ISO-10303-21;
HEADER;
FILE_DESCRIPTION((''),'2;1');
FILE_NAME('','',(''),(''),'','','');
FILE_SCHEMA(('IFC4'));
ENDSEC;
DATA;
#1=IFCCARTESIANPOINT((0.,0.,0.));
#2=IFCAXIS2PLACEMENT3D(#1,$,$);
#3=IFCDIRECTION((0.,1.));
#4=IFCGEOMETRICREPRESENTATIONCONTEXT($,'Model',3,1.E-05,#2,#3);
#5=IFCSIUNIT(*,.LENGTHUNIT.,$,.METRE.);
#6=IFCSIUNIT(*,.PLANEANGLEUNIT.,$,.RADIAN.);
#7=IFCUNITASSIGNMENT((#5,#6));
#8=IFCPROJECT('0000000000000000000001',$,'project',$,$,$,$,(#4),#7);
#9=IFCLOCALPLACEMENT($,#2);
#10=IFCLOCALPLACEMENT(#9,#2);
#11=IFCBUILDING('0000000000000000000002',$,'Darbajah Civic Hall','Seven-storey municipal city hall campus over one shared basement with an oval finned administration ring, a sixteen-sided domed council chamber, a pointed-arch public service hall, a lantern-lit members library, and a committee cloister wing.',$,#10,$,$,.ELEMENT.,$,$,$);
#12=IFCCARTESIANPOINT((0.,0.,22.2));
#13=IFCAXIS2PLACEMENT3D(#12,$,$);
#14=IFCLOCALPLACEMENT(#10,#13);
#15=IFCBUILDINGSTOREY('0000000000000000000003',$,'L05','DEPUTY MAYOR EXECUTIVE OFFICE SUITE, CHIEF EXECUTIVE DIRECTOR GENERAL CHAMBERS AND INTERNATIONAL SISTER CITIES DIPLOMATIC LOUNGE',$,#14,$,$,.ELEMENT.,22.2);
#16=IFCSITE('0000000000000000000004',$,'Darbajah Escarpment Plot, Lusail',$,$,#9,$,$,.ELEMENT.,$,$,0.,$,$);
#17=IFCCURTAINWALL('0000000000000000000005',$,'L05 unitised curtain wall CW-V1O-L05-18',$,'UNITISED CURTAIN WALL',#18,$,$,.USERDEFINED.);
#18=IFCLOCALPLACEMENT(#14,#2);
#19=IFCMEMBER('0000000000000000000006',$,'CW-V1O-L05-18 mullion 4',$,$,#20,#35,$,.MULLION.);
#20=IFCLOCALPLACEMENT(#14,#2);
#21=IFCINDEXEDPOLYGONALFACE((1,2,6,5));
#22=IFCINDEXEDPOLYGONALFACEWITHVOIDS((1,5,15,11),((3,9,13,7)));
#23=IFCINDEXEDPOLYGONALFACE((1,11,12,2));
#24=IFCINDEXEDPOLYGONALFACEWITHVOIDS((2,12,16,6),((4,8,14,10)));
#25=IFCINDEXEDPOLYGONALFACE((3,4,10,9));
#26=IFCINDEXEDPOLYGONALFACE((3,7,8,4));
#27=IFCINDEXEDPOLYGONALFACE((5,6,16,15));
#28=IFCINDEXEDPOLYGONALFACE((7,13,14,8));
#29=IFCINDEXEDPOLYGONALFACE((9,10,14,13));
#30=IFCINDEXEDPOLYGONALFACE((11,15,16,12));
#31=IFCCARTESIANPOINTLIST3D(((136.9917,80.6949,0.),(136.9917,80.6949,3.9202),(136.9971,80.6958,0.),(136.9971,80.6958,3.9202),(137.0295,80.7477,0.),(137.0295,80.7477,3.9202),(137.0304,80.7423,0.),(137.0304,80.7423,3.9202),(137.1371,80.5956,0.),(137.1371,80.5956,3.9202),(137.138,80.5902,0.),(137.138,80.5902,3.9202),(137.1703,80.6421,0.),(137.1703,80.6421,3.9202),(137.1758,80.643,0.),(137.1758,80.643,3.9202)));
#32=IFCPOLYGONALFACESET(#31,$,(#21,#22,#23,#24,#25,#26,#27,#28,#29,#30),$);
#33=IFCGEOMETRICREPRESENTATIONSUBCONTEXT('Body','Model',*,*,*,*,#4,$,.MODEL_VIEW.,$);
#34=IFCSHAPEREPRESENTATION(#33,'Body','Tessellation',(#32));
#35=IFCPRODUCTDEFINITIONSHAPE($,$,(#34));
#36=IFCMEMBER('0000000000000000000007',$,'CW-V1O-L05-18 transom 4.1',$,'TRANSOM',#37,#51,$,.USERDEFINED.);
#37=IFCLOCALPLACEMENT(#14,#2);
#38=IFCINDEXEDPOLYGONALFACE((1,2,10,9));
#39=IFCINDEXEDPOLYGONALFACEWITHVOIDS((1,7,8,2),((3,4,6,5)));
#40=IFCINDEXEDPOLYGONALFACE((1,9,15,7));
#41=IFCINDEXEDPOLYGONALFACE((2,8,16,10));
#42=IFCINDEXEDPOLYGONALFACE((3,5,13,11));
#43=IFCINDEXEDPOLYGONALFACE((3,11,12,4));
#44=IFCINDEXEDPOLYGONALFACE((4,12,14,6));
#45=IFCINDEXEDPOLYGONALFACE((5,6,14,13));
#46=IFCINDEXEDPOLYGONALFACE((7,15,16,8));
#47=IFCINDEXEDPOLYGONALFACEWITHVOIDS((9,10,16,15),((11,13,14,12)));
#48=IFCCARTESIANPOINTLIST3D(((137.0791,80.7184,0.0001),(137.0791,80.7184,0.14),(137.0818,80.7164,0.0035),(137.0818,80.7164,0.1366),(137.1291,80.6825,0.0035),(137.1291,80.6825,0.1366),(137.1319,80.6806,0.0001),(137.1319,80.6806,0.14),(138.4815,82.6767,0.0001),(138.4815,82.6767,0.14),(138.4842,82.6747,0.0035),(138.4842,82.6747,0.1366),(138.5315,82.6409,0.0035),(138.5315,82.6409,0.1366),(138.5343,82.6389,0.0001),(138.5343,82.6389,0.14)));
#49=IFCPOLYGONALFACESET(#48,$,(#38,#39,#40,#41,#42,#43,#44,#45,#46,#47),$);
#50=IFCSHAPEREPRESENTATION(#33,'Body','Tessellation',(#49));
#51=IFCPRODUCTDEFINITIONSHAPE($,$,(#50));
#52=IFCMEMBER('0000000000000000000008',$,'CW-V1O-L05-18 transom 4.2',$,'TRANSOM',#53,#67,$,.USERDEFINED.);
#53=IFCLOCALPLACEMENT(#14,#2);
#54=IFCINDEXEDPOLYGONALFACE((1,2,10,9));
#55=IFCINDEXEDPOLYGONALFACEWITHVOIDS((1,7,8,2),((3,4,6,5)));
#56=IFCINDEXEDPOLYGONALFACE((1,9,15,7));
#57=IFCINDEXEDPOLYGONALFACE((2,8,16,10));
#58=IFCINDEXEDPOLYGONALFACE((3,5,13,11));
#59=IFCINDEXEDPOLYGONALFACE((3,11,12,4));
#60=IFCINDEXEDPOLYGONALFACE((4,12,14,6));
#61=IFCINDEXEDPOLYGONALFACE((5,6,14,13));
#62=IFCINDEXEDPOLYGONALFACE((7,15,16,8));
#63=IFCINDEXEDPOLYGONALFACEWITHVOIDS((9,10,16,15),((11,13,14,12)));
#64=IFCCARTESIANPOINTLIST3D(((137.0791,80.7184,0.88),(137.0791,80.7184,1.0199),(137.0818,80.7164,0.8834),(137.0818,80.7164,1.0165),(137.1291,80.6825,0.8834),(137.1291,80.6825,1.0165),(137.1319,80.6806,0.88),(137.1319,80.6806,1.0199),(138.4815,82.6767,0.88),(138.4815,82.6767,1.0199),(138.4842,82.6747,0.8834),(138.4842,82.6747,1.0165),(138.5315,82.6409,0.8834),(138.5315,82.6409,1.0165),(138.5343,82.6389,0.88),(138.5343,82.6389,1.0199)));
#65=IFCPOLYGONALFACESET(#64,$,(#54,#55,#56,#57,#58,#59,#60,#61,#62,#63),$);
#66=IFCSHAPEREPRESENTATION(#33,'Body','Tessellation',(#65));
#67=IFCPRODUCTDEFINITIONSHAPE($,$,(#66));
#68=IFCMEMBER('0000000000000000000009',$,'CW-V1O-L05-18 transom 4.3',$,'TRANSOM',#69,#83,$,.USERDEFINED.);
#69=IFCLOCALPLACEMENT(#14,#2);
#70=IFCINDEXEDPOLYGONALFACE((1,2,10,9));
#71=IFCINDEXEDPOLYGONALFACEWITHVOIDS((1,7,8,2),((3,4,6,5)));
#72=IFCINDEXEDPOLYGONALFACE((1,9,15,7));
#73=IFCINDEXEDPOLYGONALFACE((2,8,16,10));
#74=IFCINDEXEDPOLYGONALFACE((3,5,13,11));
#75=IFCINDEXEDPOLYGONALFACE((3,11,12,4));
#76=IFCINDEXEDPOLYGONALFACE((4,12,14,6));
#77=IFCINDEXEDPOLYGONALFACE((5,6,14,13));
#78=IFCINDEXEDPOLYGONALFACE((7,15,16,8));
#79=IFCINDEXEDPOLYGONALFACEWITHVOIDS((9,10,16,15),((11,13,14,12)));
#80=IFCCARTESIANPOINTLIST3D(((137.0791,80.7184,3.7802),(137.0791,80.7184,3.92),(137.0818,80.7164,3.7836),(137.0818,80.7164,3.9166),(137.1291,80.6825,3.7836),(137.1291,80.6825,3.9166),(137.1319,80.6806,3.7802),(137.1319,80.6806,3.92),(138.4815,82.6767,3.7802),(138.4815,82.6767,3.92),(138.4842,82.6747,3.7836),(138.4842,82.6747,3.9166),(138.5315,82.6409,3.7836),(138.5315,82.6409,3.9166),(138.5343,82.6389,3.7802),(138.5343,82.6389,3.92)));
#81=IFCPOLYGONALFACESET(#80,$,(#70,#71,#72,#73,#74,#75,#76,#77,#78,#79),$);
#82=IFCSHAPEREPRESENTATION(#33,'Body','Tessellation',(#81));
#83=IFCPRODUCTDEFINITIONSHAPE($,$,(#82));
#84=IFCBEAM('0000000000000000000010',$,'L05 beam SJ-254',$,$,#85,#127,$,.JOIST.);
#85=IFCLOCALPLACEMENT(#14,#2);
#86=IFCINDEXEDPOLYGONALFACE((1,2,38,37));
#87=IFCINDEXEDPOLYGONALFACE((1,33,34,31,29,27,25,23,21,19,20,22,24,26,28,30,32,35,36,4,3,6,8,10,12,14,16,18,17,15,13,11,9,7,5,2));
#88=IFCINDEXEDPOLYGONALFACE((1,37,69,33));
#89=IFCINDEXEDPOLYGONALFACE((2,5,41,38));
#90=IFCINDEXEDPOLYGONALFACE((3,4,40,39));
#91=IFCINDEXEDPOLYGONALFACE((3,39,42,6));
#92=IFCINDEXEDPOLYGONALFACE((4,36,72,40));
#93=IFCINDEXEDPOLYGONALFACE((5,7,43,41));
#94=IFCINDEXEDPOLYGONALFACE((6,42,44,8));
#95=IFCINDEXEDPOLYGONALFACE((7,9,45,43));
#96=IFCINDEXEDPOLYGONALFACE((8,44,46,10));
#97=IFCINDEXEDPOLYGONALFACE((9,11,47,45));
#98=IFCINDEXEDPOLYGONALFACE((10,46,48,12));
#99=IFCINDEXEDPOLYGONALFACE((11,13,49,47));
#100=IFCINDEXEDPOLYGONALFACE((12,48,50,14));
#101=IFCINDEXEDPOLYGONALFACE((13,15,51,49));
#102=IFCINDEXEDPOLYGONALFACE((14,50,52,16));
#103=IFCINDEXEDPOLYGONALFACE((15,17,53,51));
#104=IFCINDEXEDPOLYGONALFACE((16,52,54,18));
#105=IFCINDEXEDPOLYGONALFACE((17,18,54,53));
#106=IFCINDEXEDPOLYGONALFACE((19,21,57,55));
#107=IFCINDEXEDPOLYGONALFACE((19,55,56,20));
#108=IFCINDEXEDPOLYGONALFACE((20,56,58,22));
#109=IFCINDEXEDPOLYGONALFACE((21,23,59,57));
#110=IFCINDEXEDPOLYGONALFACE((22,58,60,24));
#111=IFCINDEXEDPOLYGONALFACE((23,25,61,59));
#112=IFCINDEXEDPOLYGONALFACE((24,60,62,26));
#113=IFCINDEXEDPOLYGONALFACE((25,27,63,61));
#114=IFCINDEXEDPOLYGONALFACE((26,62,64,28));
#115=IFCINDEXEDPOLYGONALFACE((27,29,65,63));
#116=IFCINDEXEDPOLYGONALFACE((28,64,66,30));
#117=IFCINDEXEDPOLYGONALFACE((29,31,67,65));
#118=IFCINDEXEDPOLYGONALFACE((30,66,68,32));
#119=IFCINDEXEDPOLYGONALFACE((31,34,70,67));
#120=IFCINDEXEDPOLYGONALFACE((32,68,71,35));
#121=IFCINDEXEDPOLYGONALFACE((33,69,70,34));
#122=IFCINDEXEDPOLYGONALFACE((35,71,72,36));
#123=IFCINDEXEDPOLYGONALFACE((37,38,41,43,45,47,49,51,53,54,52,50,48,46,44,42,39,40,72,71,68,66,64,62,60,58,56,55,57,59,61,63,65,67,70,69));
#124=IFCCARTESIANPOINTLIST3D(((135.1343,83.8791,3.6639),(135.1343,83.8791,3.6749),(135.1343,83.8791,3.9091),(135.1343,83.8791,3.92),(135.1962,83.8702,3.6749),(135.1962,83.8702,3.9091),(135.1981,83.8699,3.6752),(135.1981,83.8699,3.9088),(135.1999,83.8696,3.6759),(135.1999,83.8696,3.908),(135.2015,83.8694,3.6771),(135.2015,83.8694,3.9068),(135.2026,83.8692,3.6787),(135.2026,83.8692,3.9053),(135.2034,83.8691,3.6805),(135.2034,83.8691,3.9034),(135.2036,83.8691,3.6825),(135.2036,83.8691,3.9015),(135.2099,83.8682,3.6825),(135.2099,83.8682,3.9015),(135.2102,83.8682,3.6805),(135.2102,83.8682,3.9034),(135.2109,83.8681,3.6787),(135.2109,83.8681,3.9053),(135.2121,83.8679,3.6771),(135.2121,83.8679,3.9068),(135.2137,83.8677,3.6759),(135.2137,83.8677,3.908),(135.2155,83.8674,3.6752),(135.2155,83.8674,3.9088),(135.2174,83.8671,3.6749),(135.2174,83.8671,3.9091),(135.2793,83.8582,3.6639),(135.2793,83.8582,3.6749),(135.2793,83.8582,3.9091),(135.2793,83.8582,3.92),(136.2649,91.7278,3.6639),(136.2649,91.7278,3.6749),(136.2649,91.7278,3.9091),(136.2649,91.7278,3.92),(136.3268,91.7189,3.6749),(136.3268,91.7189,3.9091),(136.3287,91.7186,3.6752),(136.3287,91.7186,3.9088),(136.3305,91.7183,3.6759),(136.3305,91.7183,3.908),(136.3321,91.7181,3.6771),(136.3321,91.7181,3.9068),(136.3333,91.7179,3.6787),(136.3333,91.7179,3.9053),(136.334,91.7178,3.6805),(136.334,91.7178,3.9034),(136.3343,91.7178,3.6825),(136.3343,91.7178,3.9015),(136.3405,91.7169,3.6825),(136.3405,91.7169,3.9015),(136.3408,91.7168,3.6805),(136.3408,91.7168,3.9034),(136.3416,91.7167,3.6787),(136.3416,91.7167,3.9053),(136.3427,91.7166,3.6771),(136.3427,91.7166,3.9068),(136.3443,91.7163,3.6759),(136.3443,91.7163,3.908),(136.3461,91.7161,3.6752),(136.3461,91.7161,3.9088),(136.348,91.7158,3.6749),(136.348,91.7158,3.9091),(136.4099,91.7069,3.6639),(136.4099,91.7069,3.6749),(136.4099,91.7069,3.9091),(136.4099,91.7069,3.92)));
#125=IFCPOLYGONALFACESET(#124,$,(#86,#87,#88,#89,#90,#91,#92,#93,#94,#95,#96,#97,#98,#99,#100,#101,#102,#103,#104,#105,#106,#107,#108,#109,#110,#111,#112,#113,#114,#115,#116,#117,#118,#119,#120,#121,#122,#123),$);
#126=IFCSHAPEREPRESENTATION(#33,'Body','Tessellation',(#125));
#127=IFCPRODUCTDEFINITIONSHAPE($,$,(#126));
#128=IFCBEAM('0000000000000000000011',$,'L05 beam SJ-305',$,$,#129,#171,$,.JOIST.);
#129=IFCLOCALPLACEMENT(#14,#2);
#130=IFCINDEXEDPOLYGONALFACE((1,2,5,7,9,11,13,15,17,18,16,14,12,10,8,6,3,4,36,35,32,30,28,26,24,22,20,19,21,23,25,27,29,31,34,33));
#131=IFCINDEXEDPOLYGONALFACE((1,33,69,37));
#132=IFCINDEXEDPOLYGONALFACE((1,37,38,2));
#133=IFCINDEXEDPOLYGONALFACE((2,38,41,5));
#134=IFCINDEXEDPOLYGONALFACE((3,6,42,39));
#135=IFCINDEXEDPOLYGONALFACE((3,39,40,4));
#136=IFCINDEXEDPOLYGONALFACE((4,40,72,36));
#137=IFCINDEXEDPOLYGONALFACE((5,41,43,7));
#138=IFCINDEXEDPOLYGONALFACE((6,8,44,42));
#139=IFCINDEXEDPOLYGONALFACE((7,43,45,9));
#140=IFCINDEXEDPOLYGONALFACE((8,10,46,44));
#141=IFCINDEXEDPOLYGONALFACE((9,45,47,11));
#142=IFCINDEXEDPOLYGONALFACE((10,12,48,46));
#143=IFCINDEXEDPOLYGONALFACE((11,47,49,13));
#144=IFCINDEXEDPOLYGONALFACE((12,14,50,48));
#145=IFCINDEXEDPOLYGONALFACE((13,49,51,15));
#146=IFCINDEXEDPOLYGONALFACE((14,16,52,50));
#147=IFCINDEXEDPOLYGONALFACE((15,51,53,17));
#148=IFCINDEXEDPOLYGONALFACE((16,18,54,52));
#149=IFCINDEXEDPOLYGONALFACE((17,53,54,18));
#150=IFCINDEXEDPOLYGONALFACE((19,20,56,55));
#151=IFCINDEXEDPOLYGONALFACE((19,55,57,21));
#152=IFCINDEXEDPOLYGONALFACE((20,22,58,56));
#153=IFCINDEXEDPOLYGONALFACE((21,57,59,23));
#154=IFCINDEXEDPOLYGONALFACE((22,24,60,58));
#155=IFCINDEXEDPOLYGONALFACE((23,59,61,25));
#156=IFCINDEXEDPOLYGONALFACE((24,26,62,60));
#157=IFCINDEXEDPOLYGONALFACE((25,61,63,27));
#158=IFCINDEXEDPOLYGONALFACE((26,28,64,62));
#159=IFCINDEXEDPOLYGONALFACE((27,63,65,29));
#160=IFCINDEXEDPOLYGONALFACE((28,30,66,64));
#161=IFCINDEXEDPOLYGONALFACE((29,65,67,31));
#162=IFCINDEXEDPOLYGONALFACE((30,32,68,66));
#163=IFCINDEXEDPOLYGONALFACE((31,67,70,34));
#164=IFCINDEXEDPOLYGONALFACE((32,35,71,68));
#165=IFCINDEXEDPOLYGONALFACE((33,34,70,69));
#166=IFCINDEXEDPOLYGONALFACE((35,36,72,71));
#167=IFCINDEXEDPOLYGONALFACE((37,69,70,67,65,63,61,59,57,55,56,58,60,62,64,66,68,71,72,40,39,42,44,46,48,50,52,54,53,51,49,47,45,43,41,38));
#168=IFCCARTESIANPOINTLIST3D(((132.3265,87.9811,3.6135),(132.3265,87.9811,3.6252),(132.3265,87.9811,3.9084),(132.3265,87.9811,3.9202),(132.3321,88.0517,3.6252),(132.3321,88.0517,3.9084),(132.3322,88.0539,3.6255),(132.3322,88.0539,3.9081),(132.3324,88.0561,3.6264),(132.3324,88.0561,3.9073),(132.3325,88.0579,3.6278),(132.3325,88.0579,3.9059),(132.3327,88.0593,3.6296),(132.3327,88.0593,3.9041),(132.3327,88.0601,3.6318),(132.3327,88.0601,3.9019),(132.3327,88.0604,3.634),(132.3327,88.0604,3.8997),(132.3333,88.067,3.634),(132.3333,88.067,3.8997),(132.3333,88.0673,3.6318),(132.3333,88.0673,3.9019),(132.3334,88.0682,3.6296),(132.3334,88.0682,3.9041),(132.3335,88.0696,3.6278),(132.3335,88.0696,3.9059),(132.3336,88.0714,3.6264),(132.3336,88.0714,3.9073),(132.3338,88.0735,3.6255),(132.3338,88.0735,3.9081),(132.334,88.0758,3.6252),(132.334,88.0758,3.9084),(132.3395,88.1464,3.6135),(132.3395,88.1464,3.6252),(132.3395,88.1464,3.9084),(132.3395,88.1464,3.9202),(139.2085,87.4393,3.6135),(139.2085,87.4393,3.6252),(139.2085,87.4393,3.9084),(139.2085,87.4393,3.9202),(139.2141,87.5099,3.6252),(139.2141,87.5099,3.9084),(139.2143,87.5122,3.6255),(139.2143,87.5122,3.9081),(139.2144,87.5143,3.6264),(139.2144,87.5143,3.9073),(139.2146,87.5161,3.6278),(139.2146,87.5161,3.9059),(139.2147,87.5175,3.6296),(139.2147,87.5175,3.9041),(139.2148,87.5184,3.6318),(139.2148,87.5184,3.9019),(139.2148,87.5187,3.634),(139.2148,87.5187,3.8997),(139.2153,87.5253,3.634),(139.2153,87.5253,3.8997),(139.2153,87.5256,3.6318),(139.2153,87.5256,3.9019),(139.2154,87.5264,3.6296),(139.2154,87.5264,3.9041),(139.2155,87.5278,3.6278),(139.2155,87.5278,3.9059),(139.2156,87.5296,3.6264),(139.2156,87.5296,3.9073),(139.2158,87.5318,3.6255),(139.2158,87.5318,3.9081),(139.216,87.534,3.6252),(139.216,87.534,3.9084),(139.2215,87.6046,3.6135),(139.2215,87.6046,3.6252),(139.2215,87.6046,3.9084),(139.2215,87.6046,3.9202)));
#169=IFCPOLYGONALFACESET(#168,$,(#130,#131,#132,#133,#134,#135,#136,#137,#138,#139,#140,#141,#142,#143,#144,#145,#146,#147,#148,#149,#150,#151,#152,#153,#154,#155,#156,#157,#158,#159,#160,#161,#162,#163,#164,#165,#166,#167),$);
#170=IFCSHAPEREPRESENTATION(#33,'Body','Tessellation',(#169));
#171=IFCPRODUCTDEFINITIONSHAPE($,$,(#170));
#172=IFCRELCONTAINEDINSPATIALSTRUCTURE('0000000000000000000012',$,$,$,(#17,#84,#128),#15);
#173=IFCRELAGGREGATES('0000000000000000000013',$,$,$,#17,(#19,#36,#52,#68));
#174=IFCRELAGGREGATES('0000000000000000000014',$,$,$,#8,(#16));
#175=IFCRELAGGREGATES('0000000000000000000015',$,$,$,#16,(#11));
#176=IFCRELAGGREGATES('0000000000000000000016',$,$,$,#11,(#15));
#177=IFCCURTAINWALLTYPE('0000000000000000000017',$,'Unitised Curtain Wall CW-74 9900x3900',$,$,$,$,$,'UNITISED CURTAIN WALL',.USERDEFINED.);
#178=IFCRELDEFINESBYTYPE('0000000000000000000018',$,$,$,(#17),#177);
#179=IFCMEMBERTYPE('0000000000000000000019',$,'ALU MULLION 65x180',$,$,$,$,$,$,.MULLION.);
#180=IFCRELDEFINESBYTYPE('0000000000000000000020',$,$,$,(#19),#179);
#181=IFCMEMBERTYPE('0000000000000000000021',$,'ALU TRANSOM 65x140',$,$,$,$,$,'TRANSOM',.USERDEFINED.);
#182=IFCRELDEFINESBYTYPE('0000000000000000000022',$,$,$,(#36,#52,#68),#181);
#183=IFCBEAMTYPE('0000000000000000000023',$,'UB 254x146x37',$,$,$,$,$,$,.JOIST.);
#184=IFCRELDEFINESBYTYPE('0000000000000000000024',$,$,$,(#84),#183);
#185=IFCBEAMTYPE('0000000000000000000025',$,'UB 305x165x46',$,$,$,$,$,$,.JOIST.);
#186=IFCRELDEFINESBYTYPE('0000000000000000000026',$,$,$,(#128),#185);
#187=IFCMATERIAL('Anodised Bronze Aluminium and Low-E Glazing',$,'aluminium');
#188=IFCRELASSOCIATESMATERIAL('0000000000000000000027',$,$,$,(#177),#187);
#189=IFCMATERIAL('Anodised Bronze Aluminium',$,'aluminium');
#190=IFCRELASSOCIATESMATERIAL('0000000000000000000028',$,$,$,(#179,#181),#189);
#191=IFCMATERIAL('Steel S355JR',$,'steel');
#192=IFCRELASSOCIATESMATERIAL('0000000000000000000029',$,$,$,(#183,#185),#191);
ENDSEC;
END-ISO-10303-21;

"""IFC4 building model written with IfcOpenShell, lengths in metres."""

from ifc_helpers import new_model, si_unit, direction, frame, origin, origin_2d, place, context, subcontext, project, spatial, hollow_rectangle, i_section, extrude, material, material_profile, profile_set, type_object, element, aggregate, save


model = new_model("IFC4")

# Units and contexts
model_context = context("Model", 3, precision=1e-05, world=origin(), true_north=direction((0.0, 1.0)))
body_context = subcontext(model_context, "Body", "Model", "MODEL_VIEW")
ifc_project = project(units=[si_unit("LENGTHUNIT", "METRE"), si_unit("PLANEANGLEUNIT", "RADIAN")], contexts=[model_context])

# Site, building, storey
site_placement = place(None, origin())
site = spatial("IfcSite", under=ifc_project, at=site_placement, Name="Darbajah Escarpment Plot, Lusail", CompositionType="ELEMENT", RefElevation=0.0)
building_placement = place(site_placement, origin())
building = spatial("IfcBuilding", under=site, at=building_placement, Name="Darbajah Civic Hall", Description="Seven-storey municipal city hall campus over one shared basement with an oval finned administration ring, a sixteen-sided domed council chamber, a pointed-arch public service hall, a lantern-lit members library, and a committee cloister wing.", CompositionType="ELEMENT")
storey_placement = place(building_placement, frame((0.0, 0.0, 22.2)))
storey = spatial("IfcBuildingStorey", under=building, at=storey_placement, Name="L05", Description="DEPUTY MAYOR EXECUTIVE OFFICE SUITE, CHIEF EXECUTIVE DIRECTOR GENERAL CHAMBERS AND INTERNATIONAL SISTER CITIES DIPLOMATIC LOUNGE", CompositionType="ELEMENT", Elevation=22.2)

# Curtain wall, members
ifc_material_1 = material(Name="Anodised Bronze Aluminium and Low-E Glazing", Category="aluminium")
curtain_wall_type = type_object("IfcCurtainWallType", Name="Unitised Curtain Wall CW-74 9900x3900", ElementType="UNITISED CURTAIN WALL", PredefinedType="USERDEFINED", material=ifc_material_1)
curtain_wall_placement = place(storey_placement, origin())
curtain_wall = element("IfcCurtainWall", 1, at=curtain_wall_placement, inside=storey, type_object=curtain_wall_type, Name="L05 unitised curtain wall CW-V1O-L05-18", ObjectType="UNITISED CURTAIN WALL", PredefinedType="USERDEFINED")
ifc_material_2 = material(Name="Anodised Bronze Aluminium", Category="aluminium")
ifc_material_profile_1 = material_profile(ifc_material_2, hollow_rectangle(XDim=0.0649, YDim=0.1799, WallThickness=0.0039, at=origin_2d()), Name="ALU MULLION 65x180")
ifc_profile_set_1 = profile_set([ifc_material_profile_1], Name="Anodised Bronze Aluminium")
member_type_1 = type_object("IfcMemberType", Name="ALU MULLION 65x180", PredefinedType="MULLION", material=ifc_profile_set_1)
member_1_placement = place(storey_placement, frame((137.0837, 80.6689, 0.0), z_axis=(0.0, 0.0, 1.0), x_axis=(0.582265, 0.812999, 0.0)))
member_1 = element("IfcMember", 2, at=member_1_placement, type_object=member_type_1, Name="CW-V1O-L05-18 mullion 4", PredefinedType="MULLION", context=body_context, shape_type="SweptSolid", body=[
    extrude(hollow_rectangle(XDim=0.0649, YDim=0.1799, WallThickness=0.0039, at=origin_2d()), origin(), (0.0, 0.0, 1.0), 3.9202),
])
ifc_material_profile_2 = material_profile(ifc_material_2, hollow_rectangle(XDim=0.0649, YDim=0.1399, WallThickness=0.0034, at=origin_2d()), Name="ALU TRANSOM 65x140")
ifc_profile_set_2 = profile_set([ifc_material_profile_2], Name="Anodised Bronze Aluminium")
member_type_2 = type_object("IfcMemberType", Name="ALU TRANSOM 65x140", ElementType="TRANSOM", PredefinedType="USERDEFINED", material=ifc_profile_set_2)
member_2_placement = place(storey_placement, frame((137.1055, 80.6995, 0.0701), z_axis=(0.582225, 0.813027, 0.0), x_axis=(-0.813027, 0.582225, 0.0)))
member_2 = element("IfcMember", 3, at=member_2_placement, type_object=member_type_2, Name="CW-V1O-L05-18 transom 4.1", ObjectType="TRANSOM", PredefinedType="USERDEFINED", context=body_context, shape_type="SweptSolid", body=[
    extrude(hollow_rectangle(XDim=0.0649, YDim=0.1399, WallThickness=0.0034, at=origin_2d()), origin(), (0.0, 0.0, 1.0), 2.4087),
])
member_3_placement = place(storey_placement, frame((137.1055, 80.6995, 0.95), z_axis=(0.582225, 0.813027, 0.0), x_axis=(-0.813027, 0.582225, 0.0)))
member_3 = element("IfcMember", 4, at=member_3_placement, type_object=member_type_2, Name="CW-V1O-L05-18 transom 4.2", ObjectType="TRANSOM", PredefinedType="USERDEFINED", context=body_context, shape_type="SweptSolid", body=[
    extrude(hollow_rectangle(XDim=0.0649, YDim=0.1399, WallThickness=0.0034, at=origin_2d()), origin(), (0.0, 0.0, 1.0), 2.4087),
])
member_4_placement = place(storey_placement, frame((137.1055, 80.6995, 3.8501), z_axis=(0.582225, 0.813027, 0.0), x_axis=(-0.813027, 0.582225, 0.0)))
member_4 = element("IfcMember", 5, at=member_4_placement, type_object=member_type_2, Name="CW-V1O-L05-18 transom 4.3", ObjectType="TRANSOM", PredefinedType="USERDEFINED", context=body_context, shape_type="SweptSolid", body=[
    extrude(hollow_rectangle(XDim=0.0649, YDim=0.1399, WallThickness=0.0034, at=origin_2d()), origin(), (0.0, 0.0, 1.0), 2.4087),
])

# Beams
ifc_material_3 = material(Name="Steel S355JR", Category="steel")
ifc_material_profile_3 = material_profile(ifc_material_3, i_section(OverallWidth=0.1465, OverallDepth=0.2561, WebThickness=0.0063, FlangeThickness=0.011, FilletRadius=0.0076, at=origin_2d()), Name="UB 254x146x37")
ifc_profile_set_3 = profile_set([ifc_material_profile_3], Name="Steel S355JR")
beam_type_1 = type_object("IfcBeamType", Name="UB 254x146x37", PredefinedType="JOIST", material=ifc_profile_set_3)
beam_1_placement = place(storey_placement, frame((135.2068, 83.8687, 3.792), z_axis=(0.142581, 0.989783, 0.0), x_axis=(-0.989783, 0.142581, 0.0)))
element("IfcBeam", 6, at=beam_1_placement, inside=storey, type_object=beam_type_1, Name="L05 beam SJ-254", PredefinedType="JOIST", context=body_context, shape_type="SweptSolid", body=[
    extrude(i_section(OverallWidth=0.1465, OverallDepth=0.2561, WebThickness=0.0063, FlangeThickness=0.011, FilletRadius=0.0076, at=origin_2d()), origin(), (0.0, 0.0, 1.0), 7.9297),
])
ifc_material_profile_4 = material_profile(ifc_material_3, i_section(OverallWidth=0.1658, OverallDepth=0.3066, WebThickness=0.0066, FlangeThickness=0.0117, FilletRadius=0.0088, at=origin_2d()), Name="UB 305x165x46")
ifc_profile_set_4 = profile_set([ifc_material_profile_4], Name="Steel S355JR")
beam_type_2 = type_object("IfcBeamType", Name="UB 305x165x46", PredefinedType="JOIST", material=ifc_profile_set_4)
beam_2_placement = place(storey_placement, frame((132.333, 88.0637, 3.7668), z_axis=(0.996916, -0.078476, 0.0), x_axis=(0.078476, 0.996916, 0.0)))
element("IfcBeam", 7, at=beam_2_placement, inside=storey, type_object=beam_type_2, Name="L05 beam SJ-305", PredefinedType="JOIST", context=body_context, shape_type="SweptSolid", body=[
    extrude(i_section(OverallWidth=0.1658, OverallDepth=0.3066, WebThickness=0.0066, FlangeThickness=0.0117, FilletRadius=0.0088, at=origin_2d()), origin(), (0.0, 0.0, 1.0), 6.9033),
])

aggregate(curtain_wall, [member_1, member_2, member_3, member_4])

save(model, "model.ifc")
